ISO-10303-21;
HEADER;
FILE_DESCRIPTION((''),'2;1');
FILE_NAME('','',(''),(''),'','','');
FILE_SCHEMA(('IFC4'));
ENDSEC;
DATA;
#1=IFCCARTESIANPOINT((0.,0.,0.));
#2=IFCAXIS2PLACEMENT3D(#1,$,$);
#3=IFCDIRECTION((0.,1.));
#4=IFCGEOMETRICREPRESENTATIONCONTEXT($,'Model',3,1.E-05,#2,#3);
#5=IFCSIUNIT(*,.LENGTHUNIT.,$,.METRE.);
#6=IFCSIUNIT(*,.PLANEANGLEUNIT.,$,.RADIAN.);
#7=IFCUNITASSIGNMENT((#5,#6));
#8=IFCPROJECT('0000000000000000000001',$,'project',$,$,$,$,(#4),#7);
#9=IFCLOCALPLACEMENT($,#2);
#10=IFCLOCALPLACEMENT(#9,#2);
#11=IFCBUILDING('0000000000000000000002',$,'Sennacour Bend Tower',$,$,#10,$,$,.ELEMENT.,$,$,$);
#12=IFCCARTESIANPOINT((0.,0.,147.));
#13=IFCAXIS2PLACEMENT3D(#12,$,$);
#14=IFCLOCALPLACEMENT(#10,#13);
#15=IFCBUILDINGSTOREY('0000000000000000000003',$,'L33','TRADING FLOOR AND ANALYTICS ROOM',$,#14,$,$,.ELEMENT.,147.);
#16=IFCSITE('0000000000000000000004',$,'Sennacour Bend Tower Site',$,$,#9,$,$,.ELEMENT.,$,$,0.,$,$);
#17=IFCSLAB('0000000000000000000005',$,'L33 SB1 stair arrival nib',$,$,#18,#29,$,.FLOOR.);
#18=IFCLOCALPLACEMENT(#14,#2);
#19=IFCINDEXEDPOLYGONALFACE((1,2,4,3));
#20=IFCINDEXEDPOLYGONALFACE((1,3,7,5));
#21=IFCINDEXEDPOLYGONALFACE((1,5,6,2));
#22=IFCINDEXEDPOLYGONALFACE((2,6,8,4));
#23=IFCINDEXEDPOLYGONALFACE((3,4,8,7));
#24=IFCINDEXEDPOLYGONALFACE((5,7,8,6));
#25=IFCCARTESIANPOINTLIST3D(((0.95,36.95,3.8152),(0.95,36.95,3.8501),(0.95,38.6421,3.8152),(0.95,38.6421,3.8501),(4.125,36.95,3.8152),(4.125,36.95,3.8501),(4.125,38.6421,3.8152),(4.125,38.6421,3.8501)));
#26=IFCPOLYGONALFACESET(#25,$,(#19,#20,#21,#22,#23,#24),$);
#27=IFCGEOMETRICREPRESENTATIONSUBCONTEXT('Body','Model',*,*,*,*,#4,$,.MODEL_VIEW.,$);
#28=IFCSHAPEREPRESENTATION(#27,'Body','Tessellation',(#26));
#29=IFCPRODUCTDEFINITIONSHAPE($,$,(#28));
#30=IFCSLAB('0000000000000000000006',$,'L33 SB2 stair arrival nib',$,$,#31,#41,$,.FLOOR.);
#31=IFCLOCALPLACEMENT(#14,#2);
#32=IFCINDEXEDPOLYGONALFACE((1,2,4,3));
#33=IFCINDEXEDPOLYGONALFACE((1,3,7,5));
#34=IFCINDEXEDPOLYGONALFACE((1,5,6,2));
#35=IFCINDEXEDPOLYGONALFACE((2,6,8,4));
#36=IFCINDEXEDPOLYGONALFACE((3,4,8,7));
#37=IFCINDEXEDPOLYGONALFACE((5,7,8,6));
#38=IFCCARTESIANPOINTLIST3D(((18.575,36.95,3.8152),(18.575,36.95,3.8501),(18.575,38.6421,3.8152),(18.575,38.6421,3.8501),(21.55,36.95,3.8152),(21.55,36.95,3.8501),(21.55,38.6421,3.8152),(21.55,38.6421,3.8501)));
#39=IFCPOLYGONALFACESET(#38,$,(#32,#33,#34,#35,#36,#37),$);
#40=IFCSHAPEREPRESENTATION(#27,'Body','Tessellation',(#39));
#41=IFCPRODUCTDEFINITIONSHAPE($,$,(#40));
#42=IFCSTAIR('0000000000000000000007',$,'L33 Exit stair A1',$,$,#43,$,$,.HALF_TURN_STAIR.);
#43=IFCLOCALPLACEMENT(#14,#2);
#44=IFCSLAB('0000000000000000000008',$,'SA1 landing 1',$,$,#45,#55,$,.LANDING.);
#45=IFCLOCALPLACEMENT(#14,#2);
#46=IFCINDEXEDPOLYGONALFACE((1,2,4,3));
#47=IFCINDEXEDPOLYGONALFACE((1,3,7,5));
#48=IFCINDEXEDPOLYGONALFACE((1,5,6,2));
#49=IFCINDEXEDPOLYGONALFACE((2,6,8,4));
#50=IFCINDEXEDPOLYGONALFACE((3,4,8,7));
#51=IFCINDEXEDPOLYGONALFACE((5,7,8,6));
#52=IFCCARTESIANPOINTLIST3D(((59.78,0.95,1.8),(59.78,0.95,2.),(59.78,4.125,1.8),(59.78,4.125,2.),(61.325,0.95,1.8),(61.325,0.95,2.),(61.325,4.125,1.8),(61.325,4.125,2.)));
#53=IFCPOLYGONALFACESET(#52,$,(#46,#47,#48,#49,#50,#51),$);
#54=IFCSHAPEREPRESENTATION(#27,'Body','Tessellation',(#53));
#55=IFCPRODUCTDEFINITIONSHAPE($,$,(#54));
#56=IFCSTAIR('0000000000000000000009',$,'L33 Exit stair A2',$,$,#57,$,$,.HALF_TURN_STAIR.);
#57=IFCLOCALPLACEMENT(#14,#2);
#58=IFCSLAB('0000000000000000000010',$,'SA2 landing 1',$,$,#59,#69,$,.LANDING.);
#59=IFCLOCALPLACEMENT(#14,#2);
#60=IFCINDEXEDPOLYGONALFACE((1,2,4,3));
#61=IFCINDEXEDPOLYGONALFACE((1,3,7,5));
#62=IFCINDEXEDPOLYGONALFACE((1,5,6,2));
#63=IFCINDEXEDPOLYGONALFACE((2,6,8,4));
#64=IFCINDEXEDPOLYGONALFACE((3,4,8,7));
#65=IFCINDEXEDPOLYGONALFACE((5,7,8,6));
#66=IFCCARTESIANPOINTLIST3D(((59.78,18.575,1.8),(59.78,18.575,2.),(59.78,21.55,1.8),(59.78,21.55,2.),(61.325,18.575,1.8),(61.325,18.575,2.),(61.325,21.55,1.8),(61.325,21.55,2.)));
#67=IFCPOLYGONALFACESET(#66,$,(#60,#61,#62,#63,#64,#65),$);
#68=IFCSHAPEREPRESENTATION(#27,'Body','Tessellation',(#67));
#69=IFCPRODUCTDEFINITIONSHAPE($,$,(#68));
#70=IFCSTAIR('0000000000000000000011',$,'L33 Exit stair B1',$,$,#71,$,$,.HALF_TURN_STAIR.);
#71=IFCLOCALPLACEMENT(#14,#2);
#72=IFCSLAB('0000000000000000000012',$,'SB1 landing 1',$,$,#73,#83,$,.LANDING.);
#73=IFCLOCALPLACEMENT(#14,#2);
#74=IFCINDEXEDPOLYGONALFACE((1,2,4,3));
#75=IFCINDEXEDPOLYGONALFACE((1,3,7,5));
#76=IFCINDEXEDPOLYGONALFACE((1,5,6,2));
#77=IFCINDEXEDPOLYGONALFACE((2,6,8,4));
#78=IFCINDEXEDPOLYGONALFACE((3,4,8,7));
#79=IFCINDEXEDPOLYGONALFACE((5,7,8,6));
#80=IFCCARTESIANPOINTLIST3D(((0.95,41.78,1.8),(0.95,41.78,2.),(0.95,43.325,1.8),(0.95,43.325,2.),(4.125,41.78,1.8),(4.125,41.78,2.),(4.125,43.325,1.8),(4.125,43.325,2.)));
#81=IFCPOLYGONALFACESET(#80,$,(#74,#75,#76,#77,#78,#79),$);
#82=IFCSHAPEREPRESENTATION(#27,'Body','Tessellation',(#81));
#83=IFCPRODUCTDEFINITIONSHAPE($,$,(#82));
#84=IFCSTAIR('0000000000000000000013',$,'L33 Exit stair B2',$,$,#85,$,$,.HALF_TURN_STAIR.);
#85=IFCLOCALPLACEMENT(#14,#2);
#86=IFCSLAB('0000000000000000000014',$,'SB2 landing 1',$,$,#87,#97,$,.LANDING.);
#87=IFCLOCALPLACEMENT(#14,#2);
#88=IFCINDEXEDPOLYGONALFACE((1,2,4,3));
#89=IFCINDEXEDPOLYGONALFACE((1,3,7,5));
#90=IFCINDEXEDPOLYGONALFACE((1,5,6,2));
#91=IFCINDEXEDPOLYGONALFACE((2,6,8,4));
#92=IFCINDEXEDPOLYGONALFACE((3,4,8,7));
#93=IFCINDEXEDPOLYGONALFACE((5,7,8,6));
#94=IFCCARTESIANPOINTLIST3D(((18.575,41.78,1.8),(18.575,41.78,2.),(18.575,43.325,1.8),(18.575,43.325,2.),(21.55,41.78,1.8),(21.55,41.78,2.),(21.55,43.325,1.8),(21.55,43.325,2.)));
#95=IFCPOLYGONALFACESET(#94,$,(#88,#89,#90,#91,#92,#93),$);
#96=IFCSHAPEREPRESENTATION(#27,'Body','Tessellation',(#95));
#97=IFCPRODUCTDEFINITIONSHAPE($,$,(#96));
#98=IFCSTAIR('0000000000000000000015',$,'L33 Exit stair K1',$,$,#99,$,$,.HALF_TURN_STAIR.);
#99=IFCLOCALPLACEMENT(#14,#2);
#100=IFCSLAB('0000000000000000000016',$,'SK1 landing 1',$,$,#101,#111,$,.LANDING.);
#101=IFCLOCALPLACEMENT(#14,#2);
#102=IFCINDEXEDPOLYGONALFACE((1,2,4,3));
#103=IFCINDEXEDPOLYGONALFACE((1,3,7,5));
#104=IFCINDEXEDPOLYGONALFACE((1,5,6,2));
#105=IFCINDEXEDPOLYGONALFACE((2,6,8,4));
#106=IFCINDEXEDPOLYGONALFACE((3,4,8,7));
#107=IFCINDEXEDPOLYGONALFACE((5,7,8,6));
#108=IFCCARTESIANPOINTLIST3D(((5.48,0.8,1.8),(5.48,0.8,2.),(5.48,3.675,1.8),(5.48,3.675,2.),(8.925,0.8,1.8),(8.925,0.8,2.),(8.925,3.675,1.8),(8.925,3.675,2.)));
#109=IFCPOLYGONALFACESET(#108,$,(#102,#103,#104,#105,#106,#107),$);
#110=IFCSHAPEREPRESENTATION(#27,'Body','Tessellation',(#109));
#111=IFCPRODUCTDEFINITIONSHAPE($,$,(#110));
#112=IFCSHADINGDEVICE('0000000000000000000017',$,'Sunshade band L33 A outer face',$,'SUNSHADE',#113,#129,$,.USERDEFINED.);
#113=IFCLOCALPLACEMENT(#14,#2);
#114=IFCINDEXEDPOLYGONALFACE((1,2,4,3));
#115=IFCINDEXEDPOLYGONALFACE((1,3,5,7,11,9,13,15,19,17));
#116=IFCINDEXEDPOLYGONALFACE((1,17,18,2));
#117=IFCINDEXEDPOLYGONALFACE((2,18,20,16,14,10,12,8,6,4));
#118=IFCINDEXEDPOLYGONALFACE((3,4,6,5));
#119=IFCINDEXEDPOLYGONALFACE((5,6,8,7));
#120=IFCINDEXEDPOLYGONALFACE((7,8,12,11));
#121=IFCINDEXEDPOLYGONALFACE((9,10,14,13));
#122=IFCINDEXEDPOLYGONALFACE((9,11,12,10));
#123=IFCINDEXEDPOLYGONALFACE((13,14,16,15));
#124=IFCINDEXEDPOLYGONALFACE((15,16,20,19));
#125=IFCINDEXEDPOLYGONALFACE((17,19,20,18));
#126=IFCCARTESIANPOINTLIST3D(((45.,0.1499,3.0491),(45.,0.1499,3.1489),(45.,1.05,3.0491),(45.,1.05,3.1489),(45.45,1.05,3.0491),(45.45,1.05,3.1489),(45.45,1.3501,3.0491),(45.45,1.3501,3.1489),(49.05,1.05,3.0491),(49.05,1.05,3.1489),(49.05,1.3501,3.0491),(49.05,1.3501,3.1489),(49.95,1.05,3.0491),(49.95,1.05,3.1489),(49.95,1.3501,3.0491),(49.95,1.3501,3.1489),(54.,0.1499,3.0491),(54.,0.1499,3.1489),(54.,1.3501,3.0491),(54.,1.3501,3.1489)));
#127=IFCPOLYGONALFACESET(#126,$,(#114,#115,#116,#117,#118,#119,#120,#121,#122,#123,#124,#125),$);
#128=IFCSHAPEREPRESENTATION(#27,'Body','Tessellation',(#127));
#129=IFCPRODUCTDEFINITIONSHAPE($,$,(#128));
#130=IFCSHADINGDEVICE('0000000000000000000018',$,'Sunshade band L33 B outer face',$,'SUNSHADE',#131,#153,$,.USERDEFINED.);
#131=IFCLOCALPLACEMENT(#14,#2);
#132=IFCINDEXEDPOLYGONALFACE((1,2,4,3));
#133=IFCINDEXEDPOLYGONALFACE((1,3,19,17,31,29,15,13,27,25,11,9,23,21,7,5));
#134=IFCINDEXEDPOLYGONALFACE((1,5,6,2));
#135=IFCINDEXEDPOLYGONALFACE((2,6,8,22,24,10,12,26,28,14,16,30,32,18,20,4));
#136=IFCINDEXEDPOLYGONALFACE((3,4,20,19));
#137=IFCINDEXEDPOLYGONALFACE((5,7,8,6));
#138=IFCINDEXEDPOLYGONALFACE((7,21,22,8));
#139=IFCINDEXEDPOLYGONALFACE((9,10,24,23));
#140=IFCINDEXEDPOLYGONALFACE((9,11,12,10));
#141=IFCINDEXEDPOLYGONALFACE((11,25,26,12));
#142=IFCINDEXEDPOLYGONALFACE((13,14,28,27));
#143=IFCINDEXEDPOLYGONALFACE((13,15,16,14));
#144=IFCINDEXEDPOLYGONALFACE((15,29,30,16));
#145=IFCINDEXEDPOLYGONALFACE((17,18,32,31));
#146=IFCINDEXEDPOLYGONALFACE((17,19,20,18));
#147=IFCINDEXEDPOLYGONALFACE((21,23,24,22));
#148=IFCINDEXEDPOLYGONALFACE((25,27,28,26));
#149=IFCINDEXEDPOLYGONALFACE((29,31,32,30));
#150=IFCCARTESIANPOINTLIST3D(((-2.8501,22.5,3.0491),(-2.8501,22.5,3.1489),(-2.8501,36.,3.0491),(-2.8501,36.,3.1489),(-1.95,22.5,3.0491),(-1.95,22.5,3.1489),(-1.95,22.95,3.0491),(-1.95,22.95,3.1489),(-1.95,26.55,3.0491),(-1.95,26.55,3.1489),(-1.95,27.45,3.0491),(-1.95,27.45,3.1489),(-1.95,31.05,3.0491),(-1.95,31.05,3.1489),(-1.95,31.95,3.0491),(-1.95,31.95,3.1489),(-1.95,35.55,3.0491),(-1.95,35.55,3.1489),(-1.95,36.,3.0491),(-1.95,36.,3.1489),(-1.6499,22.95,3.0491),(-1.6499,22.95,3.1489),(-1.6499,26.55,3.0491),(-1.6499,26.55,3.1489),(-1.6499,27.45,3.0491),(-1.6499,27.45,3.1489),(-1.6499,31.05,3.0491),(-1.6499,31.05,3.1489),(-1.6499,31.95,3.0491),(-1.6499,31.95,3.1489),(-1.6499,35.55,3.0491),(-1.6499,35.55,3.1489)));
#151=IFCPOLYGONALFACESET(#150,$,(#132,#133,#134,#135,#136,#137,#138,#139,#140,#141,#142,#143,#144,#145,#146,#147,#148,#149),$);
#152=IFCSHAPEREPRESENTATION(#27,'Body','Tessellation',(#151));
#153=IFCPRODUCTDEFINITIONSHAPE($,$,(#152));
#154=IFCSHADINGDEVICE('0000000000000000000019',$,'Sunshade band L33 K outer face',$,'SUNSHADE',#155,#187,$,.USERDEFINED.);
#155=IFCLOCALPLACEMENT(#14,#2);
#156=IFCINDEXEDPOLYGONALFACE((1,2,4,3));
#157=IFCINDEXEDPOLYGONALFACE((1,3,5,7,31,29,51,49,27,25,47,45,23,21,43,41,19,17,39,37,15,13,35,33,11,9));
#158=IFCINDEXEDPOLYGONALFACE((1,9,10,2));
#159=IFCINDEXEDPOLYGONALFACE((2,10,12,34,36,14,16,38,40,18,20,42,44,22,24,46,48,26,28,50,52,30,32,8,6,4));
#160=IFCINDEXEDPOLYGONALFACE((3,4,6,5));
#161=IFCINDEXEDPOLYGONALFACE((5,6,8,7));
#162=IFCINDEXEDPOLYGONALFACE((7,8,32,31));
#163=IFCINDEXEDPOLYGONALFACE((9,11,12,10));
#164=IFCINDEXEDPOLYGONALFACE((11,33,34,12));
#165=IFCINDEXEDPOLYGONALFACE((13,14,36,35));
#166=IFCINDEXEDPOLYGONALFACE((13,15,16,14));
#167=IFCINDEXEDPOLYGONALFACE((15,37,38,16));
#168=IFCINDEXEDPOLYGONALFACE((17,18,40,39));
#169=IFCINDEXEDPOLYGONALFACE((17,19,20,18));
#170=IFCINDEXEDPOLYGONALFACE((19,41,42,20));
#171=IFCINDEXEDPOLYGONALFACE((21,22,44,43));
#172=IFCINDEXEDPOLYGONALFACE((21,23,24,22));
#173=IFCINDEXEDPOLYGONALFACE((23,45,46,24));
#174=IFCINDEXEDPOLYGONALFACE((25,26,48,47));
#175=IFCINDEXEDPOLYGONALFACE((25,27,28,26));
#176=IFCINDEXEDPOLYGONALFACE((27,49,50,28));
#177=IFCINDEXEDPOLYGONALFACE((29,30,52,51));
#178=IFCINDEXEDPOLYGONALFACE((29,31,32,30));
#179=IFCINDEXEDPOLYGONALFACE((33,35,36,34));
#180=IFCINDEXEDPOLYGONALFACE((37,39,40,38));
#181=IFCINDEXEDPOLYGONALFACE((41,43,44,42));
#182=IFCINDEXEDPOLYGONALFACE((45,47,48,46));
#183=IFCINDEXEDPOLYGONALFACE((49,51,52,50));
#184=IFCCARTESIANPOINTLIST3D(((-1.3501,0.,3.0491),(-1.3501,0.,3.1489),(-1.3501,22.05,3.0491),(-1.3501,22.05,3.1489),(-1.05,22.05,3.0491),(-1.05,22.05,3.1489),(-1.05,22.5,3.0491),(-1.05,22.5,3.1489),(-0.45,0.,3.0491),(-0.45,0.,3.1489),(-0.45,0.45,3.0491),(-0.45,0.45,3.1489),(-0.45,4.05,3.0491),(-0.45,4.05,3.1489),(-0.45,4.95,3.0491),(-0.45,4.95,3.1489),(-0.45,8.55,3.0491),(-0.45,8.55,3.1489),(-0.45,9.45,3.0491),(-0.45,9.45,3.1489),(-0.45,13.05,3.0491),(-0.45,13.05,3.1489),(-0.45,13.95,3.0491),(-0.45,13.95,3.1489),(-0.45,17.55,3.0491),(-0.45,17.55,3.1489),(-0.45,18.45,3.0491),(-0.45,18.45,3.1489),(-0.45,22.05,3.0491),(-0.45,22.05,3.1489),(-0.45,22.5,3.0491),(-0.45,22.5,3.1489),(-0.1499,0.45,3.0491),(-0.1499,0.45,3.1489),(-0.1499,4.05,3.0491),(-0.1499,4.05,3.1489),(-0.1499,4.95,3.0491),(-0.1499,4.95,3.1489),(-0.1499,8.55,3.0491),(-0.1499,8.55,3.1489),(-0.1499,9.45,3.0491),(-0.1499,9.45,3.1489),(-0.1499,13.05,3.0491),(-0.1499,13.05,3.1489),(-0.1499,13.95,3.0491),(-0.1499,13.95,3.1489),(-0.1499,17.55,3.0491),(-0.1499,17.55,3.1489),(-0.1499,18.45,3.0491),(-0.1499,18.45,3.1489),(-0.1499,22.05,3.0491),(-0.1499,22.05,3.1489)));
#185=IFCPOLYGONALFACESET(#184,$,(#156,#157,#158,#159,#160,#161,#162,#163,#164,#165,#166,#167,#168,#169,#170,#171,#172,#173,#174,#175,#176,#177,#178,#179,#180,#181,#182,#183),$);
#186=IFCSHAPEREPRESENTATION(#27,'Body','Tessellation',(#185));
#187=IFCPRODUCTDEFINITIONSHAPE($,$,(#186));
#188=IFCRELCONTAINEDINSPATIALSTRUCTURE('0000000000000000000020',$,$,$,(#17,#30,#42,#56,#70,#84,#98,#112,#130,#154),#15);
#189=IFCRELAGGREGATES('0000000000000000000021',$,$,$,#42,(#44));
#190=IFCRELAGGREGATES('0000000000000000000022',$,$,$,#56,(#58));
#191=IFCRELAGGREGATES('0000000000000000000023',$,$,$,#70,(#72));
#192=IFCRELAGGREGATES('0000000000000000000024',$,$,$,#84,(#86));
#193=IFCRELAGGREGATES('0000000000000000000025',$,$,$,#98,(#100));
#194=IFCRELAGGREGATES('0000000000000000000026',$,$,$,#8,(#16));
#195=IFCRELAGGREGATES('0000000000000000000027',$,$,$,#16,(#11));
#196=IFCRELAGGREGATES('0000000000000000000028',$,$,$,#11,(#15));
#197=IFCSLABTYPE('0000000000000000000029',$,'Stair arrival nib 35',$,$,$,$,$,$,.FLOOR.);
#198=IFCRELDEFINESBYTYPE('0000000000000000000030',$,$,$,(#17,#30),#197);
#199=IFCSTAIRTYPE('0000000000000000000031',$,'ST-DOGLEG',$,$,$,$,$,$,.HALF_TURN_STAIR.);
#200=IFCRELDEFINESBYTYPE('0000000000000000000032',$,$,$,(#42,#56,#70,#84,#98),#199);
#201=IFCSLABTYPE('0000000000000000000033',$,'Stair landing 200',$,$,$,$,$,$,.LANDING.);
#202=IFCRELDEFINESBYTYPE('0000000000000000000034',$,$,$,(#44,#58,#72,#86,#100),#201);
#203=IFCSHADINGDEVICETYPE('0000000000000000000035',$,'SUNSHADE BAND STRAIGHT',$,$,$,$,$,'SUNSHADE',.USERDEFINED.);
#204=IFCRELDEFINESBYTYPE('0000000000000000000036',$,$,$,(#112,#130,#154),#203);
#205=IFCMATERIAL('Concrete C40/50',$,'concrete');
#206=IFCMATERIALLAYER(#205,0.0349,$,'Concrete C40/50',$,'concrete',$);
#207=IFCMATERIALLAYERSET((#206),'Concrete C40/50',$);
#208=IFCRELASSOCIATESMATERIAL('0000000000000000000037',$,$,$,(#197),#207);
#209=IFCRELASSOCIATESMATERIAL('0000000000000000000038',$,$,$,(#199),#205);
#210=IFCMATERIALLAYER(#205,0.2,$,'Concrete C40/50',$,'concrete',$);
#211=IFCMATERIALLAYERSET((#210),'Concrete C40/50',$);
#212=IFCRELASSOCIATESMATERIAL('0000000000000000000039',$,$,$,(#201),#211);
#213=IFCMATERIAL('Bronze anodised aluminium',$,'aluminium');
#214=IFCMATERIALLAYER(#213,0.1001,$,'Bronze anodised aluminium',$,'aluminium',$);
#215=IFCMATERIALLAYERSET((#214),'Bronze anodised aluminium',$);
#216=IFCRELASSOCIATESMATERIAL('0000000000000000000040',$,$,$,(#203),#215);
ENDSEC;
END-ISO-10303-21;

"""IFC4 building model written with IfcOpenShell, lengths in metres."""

from ifc_helpers import new_model, si_unit, direction, frame, origin, place, context, subcontext, project, spatial, polyline, outline, extrude, material, layer, layer_set, type_object, element, aggregate, save


model = new_model("IFC4")

# Units and contexts
model_context = context("Model", 3, precision=1e-05, world=origin(), true_north=direction((0.0, 1.0)))
body_context = subcontext(model_context, "Body", "Model", "MODEL_VIEW")
ifc_project = project(units=[si_unit("LENGTHUNIT", "METRE"), si_unit("PLANEANGLEUNIT", "RADIAN")], contexts=[model_context])

# Site, building, storey
site_placement = place(None, origin())
site = spatial("IfcSite", under=ifc_project, at=site_placement, Name="Sennacour Bend Tower Site", CompositionType="ELEMENT", RefElevation=0.0)
building_placement = place(site_placement, origin())
building = spatial("IfcBuilding", under=site, at=building_placement, Name="Sennacour Bend Tower", CompositionType="ELEMENT")
storey_placement = place(building_placement, frame((0.0, 0.0, 147.0)))
storey = spatial("IfcBuildingStorey", under=building, at=storey_placement, Name="L33", Description="TRADING FLOOR AND ANALYTICS ROOM", CompositionType="ELEMENT", Elevation=147.0)

# Slabs
ifc_material_1 = material(Name="Concrete C40/50", Category="concrete")
ifc_layer_1 = layer(ifc_material_1, 0.0349, Name="Concrete C40/50", Category="concrete")
ifc_layer_set_1 = layer_set([ifc_layer_1], Name="Concrete C40/50")
slab_type_1 = type_object("IfcSlabType", Name="Stair arrival nib 35", PredefinedType="FLOOR", material=ifc_layer_set_1)
slab_1_placement = place(storey_placement, frame((0.0, 0.0, 3.8152)))
element("IfcSlab", 1, at=slab_1_placement, inside=storey, type_object=slab_type_1, Name="L33 SB1 stair arrival nib", PredefinedType="FLOOR", context=body_context, shape_type="SweptSolid", body=[
    extrude(outline(polyline([(0.95, 38.6421), (0.95, 36.95), (4.125, 36.95), (4.125, 38.6421), (0.95, 38.6421)])), origin(), (0.0, 0.0, 1.0), 0.0349),
])
slab_2_placement = place(storey_placement, frame((0.0, 0.0, 3.8152)))
element("IfcSlab", 2, at=slab_2_placement, inside=storey, type_object=slab_type_1, Name="L33 SB2 stair arrival nib", PredefinedType="FLOOR", context=body_context, shape_type="SweptSolid", body=[
    extrude(outline(polyline([(18.575, 38.6421), (18.575, 36.95), (21.55, 36.95), (21.55, 38.6421), (18.575, 38.6421)])), origin(), (0.0, 0.0, 1.0), 0.0349),
])

# Stairs, slabs
stair_type = type_object("IfcStairType", Name="ST-DOGLEG", PredefinedType="HALF_TURN_STAIR", material=ifc_material_1)
stair_1_placement = place(storey_placement, origin())
stair_1 = element("IfcStair", 3, at=stair_1_placement, inside=storey, type_object=stair_type, Name="L33 Exit stair A1", PredefinedType="HALF_TURN_STAIR")
ifc_layer_2 = layer(ifc_material_1, 0.2, Name="Concrete C40/50", Category="concrete")
ifc_layer_set_2 = layer_set([ifc_layer_2], Name="Concrete C40/50")
slab_type_2 = type_object("IfcSlabType", Name="Stair landing 200", PredefinedType="LANDING", material=ifc_layer_set_2)
slab_3_placement = place(storey_placement, frame((0.0, 0.0, 1.8)))
slab_3 = element("IfcSlab", 4, at=slab_3_placement, type_object=slab_type_2, Name="SA1 landing 1", PredefinedType="LANDING", context=body_context, shape_type="SweptSolid", body=[
    extrude(outline(polyline([(59.78, 0.95), (61.325, 0.95), (61.325, 4.125), (59.78, 4.125), (59.78, 0.95)])), origin(), (0.0, 0.0, 1.0), 0.2),
])
aggregate(stair_1, [slab_3])
stair_2_placement = place(storey_placement, origin())
stair_2 = element("IfcStair", 5, at=stair_2_placement, inside=storey, type_object=stair_type, Name="L33 Exit stair A2", PredefinedType="HALF_TURN_STAIR")
slab_4_placement = place(storey_placement, frame((0.0, 0.0, 1.8)))
slab_4 = element("IfcSlab", 6, at=slab_4_placement, type_object=slab_type_2, Name="SA2 landing 1", PredefinedType="LANDING", context=body_context, shape_type="SweptSolid", body=[
    extrude(outline(polyline([(59.78, 18.575), (61.325, 18.575), (61.325, 21.55), (59.78, 21.55), (59.78, 18.575)])), origin(), (0.0, 0.0, 1.0), 0.2),
])
aggregate(stair_2, [slab_4])
stair_3_placement = place(storey_placement, origin())
stair_3 = element("IfcStair", 7, at=stair_3_placement, inside=storey, type_object=stair_type, Name="L33 Exit stair B1", PredefinedType="HALF_TURN_STAIR")
slab_5_placement = place(storey_placement, frame((0.0, 0.0, 1.8)))
slab_5 = element("IfcSlab", 8, at=slab_5_placement, type_object=slab_type_2, Name="SB1 landing 1", PredefinedType="LANDING", context=body_context, shape_type="SweptSolid", body=[
    extrude(outline(polyline([(0.95, 41.78), (4.125, 41.78), (4.125, 43.325), (0.95, 43.325), (0.95, 41.78)])), origin(), (0.0, 0.0, 1.0), 0.2),
])
aggregate(stair_3, [slab_5])
stair_4_placement = place(storey_placement, origin())
stair_4 = element("IfcStair", 9, at=stair_4_placement, inside=storey, type_object=stair_type, Name="L33 Exit stair B2", PredefinedType="HALF_TURN_STAIR")
slab_6_placement = place(storey_placement, frame((0.0, 0.0, 1.8)))
slab_6 = element("IfcSlab", 10, at=slab_6_placement, type_object=slab_type_2, Name="SB2 landing 1", PredefinedType="LANDING", context=body_context, shape_type="SweptSolid", body=[
    extrude(outline(polyline([(18.575, 41.78), (21.55, 41.78), (21.55, 43.325), (18.575, 43.325), (18.575, 41.78)])), origin(), (0.0, 0.0, 1.0), 0.2),
])
aggregate(stair_4, [slab_6])
stair_5_placement = place(storey_placement, origin())
stair_5 = element("IfcStair", 11, at=stair_5_placement, inside=storey, type_object=stair_type, Name="L33 Exit stair K1", PredefinedType="HALF_TURN_STAIR")
slab_7_placement = place(storey_placement, frame((0.0, 0.0, 1.8)))
slab_7 = element("IfcSlab", 12, at=slab_7_placement, type_object=slab_type_2, Name="SK1 landing 1", PredefinedType="LANDING", context=body_context, shape_type="SweptSolid", body=[
    extrude(outline(polyline([(5.48, 0.8), (8.925, 0.8), (8.925, 3.675), (5.48, 3.675), (5.48, 0.8)])), origin(), (0.0, 0.0, 1.0), 0.2),
])
aggregate(stair_5, [slab_7])

# Shading devices
ifc_material_2 = material(Name="Bronze anodised aluminium", Category="aluminium")
ifc_layer_3 = layer(ifc_material_2, 0.1001, Name="Bronze anodised aluminium", Category="aluminium")
ifc_layer_set_3 = layer_set([ifc_layer_3], Name="Bronze anodised aluminium")
shading_device_type_1 = type_object("IfcShadingDeviceType", Name="SUNSHADE BAND STRAIGHT", ElementType="SUNSHADE", PredefinedType="USERDEFINED", material=ifc_layer_set_3)
shading_device_1_placement = place(storey_placement, frame((0.0, 0.0, 3.0491)))
element("IfcShadingDevice", 13, at=shading_device_1_placement, inside=storey, type_object=shading_device_type_1, Name="Sunshade band L33 A outer face", ObjectType="SUNSHADE", PredefinedType="USERDEFINED", context=body_context, shape_type="SweptSolid", body=[
    extrude(outline(polyline([(49.05, 1.3501), (49.05, 1.05), (49.95, 1.05), (49.95, 1.3501), (54.0, 1.3501), (54.0, 0.1499), (45.0, 0.1499), (45.0, 1.05), (45.45, 1.05), (45.45, 1.3501), (49.05, 1.3501)])), origin(), (0.0, 0.0, 1.0), 0.0999),
])
shading_device_2_placement = place(storey_placement, frame((0.0, 0.0, 3.0491)))
element("IfcShadingDevice", 14, at=shading_device_2_placement, inside=storey, type_object=shading_device_type_1, Name="Sunshade band L33 B outer face", ObjectType="SUNSHADE", PredefinedType="USERDEFINED", context=body_context, shape_type="SweptSolid", body=[
    extrude(outline(polyline([(-1.6499, 31.95), (-1.95, 31.95), (-1.95, 31.05), (-1.6499, 31.05), (-1.6499, 27.45), (-1.95, 27.45), (-1.95, 26.55), (-1.6499, 26.55), (-1.6499, 22.95), (-1.95, 22.95), (-1.95, 22.5), (-2.8501, 22.5), (-2.8501, 36.0), (-1.95, 36.0), (-1.95, 35.55), (-1.6499, 35.55), (-1.6499, 31.95)])), origin(), (0.0, 0.0, 1.0), 0.0999),
])
shading_device_3_placement = place(storey_placement, frame((0.0, 0.0, 3.0491)))
element("IfcShadingDevice", 15, at=shading_device_3_placement, inside=storey, type_object=shading_device_type_1, Name="Sunshade band L33 K outer face", ObjectType="SUNSHADE", PredefinedType="USERDEFINED", context=body_context, shape_type="SweptSolid", body=[
    extrude(outline(polyline([(-0.1499, 18.45), (-0.45, 18.45), (-0.45, 17.55), (-0.1499, 17.55), (-0.1499, 13.95), (-0.45, 13.95), (-0.45, 13.05), (-0.1499, 13.05), (-0.1499, 9.45), (-0.45, 9.45), (-0.45, 8.55), (-0.1499, 8.55), (-0.1499, 4.95), (-0.45, 4.95), (-0.45, 4.05), (-0.1499, 4.05), (-0.1499, 0.45), (-0.45, 0.45), (-0.45, 0.0), (-1.3501, 0.0), (-1.3501, 22.05), (-1.05, 22.05), (-1.05, 22.5), (-0.45, 22.5), (-0.45, 22.05), (-0.1499, 22.05), (-0.1499, 18.45)])), origin(), (0.0, 0.0, 1.0), 0.0999),
])

save(model, "model.ifc")
